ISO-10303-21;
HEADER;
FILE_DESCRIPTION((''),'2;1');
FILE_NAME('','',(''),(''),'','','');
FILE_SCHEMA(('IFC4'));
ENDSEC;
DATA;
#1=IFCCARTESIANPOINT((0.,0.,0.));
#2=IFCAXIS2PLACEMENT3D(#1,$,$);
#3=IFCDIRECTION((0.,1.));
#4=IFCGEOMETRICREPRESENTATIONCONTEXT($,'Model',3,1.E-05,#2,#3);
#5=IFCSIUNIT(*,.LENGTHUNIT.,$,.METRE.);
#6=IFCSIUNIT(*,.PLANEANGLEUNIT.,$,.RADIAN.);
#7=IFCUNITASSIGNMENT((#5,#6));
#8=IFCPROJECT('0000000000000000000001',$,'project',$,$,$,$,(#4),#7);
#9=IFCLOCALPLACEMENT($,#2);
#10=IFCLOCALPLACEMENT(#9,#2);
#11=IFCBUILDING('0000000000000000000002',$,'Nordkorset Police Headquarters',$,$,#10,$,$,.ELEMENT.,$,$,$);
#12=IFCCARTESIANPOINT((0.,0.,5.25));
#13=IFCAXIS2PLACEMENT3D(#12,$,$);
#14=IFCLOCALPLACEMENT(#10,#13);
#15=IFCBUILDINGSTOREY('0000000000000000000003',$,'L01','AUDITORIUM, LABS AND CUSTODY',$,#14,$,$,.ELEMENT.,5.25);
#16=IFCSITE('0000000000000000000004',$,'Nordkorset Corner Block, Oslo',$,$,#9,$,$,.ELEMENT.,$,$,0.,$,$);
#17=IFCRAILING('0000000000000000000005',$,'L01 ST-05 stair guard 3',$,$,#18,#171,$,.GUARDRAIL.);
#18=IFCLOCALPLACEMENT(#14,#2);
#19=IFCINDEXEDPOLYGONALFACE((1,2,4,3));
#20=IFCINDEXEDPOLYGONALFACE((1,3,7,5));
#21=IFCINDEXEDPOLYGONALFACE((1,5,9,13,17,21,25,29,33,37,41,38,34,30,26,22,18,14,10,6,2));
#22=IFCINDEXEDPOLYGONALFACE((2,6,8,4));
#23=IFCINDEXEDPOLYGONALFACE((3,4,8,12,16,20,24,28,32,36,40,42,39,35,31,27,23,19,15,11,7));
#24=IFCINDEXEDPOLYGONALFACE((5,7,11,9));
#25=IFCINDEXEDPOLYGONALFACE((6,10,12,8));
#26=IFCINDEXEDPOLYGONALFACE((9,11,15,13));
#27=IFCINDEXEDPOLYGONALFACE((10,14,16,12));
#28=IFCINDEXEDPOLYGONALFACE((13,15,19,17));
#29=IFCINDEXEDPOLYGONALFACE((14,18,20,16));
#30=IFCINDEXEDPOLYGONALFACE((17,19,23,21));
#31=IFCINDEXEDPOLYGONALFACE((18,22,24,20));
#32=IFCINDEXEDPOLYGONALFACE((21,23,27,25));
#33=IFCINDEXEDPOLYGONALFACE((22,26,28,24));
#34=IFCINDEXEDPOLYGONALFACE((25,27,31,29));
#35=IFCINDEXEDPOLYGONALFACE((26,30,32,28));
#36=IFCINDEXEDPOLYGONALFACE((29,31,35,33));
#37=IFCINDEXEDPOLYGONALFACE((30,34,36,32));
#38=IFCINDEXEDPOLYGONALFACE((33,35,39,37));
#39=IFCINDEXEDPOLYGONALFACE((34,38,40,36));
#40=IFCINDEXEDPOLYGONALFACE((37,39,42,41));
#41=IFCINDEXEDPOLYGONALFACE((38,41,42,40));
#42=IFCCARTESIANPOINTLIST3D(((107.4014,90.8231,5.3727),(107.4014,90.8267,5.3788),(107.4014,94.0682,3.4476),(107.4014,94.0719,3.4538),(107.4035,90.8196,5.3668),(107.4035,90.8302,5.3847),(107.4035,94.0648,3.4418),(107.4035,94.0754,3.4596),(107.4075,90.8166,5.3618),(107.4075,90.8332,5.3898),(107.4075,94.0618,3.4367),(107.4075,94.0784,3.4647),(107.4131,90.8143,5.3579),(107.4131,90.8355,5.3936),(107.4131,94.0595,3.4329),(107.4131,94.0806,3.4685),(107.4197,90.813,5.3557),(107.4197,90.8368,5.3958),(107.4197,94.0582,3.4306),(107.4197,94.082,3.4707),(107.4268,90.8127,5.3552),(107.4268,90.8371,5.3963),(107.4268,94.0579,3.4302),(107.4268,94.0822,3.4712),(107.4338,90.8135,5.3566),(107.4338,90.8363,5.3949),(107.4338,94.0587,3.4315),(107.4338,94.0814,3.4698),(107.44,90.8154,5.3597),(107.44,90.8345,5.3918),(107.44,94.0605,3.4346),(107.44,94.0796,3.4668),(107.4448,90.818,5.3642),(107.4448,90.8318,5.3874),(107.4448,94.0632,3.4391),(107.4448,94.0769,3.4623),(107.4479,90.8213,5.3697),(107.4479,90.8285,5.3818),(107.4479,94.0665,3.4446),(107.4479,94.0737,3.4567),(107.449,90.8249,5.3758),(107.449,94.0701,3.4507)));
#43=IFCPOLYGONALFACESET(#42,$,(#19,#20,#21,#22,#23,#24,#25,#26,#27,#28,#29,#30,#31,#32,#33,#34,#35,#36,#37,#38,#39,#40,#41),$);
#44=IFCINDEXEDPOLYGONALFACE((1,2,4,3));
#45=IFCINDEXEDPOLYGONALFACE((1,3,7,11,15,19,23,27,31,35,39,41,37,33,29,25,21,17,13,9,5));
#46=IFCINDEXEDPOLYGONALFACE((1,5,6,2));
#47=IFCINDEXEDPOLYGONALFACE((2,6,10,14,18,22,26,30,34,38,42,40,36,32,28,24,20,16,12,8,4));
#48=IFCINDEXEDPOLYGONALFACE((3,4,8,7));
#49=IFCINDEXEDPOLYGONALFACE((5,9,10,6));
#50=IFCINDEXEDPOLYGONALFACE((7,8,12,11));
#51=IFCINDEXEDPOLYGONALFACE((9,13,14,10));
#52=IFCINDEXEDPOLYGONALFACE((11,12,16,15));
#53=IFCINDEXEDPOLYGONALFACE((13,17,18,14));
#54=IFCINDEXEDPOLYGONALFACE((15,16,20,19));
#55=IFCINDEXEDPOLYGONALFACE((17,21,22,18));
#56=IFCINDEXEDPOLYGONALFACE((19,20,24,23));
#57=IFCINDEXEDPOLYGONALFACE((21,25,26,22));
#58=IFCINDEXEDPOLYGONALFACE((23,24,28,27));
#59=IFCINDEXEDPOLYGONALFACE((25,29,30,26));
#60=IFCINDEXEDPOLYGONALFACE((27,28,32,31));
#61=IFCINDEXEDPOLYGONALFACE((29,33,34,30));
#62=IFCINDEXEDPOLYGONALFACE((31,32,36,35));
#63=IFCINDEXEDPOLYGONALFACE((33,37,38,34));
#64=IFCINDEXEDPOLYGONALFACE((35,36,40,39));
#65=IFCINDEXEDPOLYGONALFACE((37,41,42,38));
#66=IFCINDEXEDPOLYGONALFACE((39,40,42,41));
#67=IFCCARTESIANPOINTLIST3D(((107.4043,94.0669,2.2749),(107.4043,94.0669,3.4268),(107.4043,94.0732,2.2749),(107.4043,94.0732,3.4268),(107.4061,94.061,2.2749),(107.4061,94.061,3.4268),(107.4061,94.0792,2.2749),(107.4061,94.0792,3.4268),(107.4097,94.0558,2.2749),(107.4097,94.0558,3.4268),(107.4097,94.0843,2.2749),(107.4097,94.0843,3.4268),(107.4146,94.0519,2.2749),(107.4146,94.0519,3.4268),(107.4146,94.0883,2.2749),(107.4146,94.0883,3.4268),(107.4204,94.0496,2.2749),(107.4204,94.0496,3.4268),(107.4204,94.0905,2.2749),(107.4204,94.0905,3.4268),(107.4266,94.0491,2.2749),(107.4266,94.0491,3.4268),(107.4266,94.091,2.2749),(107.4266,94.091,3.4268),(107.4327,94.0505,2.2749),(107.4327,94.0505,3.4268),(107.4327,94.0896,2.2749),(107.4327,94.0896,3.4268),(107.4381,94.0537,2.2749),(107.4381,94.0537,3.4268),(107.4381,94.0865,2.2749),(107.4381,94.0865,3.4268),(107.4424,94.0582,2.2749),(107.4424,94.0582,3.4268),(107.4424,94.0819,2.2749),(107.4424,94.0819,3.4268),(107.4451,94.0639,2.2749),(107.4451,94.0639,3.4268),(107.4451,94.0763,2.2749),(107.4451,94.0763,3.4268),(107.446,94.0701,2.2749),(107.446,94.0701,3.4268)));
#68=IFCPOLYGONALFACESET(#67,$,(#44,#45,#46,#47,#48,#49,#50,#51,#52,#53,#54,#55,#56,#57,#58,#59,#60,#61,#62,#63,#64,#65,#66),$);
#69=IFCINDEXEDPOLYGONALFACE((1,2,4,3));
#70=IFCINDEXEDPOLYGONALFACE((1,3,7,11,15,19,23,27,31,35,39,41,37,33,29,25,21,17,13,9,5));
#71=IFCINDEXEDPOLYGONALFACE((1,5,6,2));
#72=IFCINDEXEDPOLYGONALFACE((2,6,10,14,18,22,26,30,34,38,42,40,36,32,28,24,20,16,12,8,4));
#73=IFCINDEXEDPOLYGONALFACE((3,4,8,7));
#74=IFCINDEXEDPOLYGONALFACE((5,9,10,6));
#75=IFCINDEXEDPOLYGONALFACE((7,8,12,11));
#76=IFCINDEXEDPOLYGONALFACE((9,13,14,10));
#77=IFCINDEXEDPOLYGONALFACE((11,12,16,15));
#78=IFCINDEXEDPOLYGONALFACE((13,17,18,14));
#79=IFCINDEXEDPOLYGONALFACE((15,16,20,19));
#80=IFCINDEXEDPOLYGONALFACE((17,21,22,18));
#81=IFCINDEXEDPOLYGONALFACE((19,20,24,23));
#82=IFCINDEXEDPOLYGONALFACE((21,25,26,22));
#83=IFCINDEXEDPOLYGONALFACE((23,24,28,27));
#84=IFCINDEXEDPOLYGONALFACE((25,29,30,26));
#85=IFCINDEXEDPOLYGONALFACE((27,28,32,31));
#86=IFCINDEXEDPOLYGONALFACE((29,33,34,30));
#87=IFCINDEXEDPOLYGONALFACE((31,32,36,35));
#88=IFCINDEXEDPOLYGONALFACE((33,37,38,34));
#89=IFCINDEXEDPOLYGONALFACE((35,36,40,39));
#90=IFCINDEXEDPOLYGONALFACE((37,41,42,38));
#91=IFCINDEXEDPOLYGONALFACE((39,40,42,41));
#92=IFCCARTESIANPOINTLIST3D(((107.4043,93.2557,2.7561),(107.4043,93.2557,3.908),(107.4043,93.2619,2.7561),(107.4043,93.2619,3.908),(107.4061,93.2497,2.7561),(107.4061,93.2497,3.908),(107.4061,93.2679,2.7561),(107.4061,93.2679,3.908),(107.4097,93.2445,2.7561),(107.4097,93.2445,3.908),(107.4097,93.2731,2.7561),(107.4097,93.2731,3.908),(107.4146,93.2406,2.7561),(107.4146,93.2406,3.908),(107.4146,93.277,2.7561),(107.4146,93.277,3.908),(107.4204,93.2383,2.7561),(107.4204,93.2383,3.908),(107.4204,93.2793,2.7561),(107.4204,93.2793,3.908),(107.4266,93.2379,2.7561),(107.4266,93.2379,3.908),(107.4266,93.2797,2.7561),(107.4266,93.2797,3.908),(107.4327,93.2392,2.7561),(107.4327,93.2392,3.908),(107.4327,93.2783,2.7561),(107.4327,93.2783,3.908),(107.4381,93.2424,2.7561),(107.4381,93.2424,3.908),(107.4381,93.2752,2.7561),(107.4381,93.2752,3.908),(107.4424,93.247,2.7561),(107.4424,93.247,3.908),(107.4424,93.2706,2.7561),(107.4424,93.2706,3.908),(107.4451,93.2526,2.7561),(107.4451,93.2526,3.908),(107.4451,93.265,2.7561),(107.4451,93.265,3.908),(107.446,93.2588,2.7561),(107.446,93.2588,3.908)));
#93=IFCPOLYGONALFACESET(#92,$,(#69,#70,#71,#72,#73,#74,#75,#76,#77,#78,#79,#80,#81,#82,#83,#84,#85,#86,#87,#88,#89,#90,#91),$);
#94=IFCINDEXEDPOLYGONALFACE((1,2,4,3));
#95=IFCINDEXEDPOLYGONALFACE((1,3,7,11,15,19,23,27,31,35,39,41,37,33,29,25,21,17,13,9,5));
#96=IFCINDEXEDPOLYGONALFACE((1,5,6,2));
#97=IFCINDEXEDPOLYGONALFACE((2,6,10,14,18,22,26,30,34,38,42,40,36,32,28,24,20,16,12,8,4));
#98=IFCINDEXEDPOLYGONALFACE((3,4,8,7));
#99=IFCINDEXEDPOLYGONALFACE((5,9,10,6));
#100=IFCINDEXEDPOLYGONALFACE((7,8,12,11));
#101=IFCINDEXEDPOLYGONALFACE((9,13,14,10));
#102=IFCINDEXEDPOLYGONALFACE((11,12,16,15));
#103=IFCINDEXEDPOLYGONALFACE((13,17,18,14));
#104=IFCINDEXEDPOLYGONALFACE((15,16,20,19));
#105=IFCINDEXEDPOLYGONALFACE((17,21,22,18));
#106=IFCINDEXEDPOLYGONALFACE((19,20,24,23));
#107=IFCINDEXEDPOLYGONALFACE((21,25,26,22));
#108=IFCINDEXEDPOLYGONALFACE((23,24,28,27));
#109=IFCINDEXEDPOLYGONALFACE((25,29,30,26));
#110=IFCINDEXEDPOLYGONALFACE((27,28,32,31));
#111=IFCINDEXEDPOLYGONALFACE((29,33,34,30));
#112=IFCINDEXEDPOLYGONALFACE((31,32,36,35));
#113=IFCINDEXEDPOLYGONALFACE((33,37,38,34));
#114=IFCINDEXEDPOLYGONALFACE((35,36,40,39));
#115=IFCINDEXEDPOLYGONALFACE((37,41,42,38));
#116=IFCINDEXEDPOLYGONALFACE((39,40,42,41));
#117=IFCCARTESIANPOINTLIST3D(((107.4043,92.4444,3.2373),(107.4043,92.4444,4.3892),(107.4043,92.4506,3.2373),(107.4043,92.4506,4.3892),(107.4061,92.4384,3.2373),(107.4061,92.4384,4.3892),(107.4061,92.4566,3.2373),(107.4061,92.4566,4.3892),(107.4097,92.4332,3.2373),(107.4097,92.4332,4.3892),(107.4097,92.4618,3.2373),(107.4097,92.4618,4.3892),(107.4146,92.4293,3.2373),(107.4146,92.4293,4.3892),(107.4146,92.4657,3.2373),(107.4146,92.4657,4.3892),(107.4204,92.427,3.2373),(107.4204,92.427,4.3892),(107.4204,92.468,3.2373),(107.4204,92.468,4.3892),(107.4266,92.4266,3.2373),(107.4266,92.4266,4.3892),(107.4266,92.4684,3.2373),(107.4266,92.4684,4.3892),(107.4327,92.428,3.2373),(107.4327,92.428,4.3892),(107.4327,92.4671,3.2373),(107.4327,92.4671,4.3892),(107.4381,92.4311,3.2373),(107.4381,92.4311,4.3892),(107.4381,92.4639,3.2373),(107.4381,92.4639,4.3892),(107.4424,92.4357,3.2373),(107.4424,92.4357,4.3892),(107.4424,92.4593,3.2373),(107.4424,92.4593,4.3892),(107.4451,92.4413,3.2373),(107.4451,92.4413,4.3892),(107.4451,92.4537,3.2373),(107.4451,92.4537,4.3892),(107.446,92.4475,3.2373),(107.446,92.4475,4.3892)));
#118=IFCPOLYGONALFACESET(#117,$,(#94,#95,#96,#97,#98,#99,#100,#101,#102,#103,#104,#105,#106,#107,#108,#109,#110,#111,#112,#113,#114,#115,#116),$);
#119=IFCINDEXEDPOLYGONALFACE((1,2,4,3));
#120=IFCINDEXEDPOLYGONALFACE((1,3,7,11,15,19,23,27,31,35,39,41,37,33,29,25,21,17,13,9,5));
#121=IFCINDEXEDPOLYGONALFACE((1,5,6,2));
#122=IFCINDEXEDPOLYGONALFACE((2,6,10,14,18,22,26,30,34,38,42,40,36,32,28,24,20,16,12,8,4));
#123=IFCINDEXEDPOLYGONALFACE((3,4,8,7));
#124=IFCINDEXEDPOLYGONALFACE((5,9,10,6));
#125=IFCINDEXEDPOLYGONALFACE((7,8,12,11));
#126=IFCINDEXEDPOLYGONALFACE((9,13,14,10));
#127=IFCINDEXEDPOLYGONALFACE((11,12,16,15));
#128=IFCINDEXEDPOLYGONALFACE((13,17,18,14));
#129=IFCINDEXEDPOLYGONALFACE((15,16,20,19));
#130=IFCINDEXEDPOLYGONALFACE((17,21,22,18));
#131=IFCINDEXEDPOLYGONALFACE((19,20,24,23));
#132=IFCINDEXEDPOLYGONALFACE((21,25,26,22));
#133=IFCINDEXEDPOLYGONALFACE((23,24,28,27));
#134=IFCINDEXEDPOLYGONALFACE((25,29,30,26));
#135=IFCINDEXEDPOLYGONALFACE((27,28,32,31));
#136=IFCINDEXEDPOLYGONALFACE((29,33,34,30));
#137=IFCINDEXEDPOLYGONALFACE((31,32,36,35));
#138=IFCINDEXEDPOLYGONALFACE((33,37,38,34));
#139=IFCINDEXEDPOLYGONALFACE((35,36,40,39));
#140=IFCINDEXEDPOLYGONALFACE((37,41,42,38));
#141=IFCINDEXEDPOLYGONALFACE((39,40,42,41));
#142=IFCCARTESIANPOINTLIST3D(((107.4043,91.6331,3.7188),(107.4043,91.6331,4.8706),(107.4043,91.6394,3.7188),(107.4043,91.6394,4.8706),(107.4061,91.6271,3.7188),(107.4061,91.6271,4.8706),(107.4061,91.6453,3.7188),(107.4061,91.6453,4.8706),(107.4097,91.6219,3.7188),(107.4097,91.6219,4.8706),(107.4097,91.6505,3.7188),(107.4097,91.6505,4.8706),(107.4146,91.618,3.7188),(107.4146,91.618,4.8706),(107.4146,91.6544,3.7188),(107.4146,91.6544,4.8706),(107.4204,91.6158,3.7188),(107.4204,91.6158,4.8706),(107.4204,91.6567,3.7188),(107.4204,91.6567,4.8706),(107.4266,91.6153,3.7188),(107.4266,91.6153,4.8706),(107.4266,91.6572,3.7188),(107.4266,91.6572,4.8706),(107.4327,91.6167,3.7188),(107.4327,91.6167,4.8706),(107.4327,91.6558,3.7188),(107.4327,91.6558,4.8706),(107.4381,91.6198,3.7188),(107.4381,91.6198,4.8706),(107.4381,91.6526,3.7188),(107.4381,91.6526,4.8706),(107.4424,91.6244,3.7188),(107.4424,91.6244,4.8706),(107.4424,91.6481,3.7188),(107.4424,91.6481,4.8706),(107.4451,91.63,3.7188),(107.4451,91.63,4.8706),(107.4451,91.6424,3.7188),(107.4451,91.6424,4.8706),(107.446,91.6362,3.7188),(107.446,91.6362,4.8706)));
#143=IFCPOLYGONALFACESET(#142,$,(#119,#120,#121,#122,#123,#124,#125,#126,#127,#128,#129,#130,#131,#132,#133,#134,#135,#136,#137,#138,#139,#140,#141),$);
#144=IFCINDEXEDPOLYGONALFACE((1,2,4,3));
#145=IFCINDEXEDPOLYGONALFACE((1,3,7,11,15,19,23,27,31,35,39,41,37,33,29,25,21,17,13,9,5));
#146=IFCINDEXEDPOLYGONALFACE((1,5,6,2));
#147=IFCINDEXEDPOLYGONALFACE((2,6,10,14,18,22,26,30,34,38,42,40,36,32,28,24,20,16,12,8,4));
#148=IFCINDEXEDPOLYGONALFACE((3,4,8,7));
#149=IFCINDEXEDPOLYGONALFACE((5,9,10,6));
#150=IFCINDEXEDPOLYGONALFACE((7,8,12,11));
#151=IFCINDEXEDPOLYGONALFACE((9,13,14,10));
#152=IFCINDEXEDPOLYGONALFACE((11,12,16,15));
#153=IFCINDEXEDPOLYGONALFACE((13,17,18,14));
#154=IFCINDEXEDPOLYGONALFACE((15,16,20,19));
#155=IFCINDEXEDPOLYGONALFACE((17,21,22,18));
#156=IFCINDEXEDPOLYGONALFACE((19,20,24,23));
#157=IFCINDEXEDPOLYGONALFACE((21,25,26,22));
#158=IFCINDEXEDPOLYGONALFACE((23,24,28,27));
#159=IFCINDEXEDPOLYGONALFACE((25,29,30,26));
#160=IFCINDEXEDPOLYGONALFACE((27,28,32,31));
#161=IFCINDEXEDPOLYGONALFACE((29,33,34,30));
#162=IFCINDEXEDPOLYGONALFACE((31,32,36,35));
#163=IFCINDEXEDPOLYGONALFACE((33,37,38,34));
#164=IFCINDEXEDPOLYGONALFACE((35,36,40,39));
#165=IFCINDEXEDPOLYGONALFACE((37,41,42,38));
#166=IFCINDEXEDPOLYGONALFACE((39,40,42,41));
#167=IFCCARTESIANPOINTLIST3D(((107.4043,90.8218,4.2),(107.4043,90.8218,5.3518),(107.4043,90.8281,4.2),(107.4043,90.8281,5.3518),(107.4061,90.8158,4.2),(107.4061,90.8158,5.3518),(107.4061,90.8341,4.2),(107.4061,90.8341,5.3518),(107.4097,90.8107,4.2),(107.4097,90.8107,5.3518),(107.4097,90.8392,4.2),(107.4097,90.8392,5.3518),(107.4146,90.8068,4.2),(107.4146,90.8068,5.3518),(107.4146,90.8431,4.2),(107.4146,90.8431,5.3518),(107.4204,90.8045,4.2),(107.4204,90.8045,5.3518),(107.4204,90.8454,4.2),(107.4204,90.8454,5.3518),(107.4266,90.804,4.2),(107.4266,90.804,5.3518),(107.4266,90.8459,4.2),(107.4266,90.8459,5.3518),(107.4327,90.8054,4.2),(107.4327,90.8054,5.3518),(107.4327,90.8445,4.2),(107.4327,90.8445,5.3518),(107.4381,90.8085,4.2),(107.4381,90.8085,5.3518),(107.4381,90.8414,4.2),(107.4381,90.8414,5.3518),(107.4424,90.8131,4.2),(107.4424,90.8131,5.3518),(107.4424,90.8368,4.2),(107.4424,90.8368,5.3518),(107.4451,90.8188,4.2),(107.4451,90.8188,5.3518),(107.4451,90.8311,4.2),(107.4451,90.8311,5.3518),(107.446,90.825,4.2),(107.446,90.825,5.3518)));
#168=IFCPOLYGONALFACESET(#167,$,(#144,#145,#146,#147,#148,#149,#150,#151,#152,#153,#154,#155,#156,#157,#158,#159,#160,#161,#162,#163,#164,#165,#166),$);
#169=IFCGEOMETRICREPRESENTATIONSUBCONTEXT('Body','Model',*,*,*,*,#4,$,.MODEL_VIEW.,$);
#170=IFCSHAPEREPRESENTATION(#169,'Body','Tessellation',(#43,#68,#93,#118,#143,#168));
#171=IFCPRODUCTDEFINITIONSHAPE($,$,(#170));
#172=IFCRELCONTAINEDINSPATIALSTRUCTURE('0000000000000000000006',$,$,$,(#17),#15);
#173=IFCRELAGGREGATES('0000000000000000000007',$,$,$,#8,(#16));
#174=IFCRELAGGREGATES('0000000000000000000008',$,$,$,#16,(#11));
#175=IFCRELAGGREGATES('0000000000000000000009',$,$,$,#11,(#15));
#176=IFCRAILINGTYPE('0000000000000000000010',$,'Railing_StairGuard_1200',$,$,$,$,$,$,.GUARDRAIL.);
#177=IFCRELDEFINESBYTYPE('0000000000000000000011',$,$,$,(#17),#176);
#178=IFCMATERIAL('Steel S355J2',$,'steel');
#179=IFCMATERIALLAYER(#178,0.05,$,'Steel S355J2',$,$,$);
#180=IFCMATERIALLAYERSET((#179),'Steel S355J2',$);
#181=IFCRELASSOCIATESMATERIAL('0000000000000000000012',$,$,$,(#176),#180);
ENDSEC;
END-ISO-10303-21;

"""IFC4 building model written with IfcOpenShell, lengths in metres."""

from ifc_helpers import new_model, si_unit, direction, frame, origin, origin_2d, place, context, subcontext, project, spatial, circle, extrude, material, layer, layer_set, type_object, element, save


model = new_model("IFC4")

# Units and contexts
model_context = context("Model", 3, precision=1e-05, world=origin(), true_north=direction((0.0, 1.0)))
body_context = subcontext(model_context, "Body", "Model", "MODEL_VIEW")
ifc_project = project(units=[si_unit("LENGTHUNIT", "METRE"), si_unit("PLANEANGLEUNIT", "RADIAN")], contexts=[model_context])

# Site, building, storey
site_placement = place(None, origin())
site = spatial("IfcSite", under=ifc_project, at=site_placement, Name="Nordkorset Corner Block, Oslo", CompositionType="ELEMENT", RefElevation=0.0)
building_placement = place(site_placement, origin())
building = spatial("IfcBuilding", under=site, at=building_placement, Name="Nordkorset Police Headquarters", CompositionType="ELEMENT")
storey_placement = place(building_placement, frame((0.0, 0.0, 5.25)))
storey = spatial("IfcBuildingStorey", under=building, at=storey_placement, Name="L01", Description="AUDITORIUM, LABS AND CUSTODY", CompositionType="ELEMENT", Elevation=5.25)

# Railing
ifc_material_1 = material(Name="Steel S355J2", Category="steel")
ifc_layer_1 = layer(ifc_material_1, 0.05, Name="Steel S355J2")
ifc_layer_set_1 = layer_set([ifc_layer_1], Name="Steel S355J2")
railing_type_1 = type_object("IfcRailingType", Name="Railing_StairGuard_1200", PredefinedType="GUARDRAIL", material=ifc_layer_set_1)
railing_1_placement = place(storey_placement, frame((107.425, 94.0701, 2.2749)))
element("IfcRailing", 1, at=railing_1_placement, inside=storey, type_object=railing_type_1, Name="L01 ST-05 stair guard 3", PredefinedType="GUARDRAIL", context=body_context, shape_type="SweptSolid", body=[
    extrude(circle(Radius=0.0239, at=origin_2d()), frame((0.0, 0.0, 1.1758), z_axis=(0.0, -0.860057, 0.510198), x_axis=(1.0, 0.0, 0.0)), (0.0, 0.0, 1.0), 3.7732),
    extrude(circle(Radius=0.021, at=origin_2d()), origin(), (0.0, 0.0, 1.0), 1.1519),
    extrude(circle(Radius=0.021, at=origin_2d()), frame((0.0, -0.8113, 0.4812)), (0.0, 0.0, 1.0), 1.1519),
    extrude(circle(Radius=0.021, at=origin_2d()), frame((0.0, -1.6226, 0.9624)), (0.0, 0.0, 1.0), 1.1519),
    extrude(circle(Radius=0.021, at=origin_2d()), frame((0.0, -2.4338, 1.4438)), (0.0, 0.0, 1.0), 1.1519),
    extrude(circle(Radius=0.021, at=origin_2d()), frame((0.0, -3.2451, 1.925)), (0.0, 0.0, 1.0), 1.1519),
])

save(model, "model.ifc")
